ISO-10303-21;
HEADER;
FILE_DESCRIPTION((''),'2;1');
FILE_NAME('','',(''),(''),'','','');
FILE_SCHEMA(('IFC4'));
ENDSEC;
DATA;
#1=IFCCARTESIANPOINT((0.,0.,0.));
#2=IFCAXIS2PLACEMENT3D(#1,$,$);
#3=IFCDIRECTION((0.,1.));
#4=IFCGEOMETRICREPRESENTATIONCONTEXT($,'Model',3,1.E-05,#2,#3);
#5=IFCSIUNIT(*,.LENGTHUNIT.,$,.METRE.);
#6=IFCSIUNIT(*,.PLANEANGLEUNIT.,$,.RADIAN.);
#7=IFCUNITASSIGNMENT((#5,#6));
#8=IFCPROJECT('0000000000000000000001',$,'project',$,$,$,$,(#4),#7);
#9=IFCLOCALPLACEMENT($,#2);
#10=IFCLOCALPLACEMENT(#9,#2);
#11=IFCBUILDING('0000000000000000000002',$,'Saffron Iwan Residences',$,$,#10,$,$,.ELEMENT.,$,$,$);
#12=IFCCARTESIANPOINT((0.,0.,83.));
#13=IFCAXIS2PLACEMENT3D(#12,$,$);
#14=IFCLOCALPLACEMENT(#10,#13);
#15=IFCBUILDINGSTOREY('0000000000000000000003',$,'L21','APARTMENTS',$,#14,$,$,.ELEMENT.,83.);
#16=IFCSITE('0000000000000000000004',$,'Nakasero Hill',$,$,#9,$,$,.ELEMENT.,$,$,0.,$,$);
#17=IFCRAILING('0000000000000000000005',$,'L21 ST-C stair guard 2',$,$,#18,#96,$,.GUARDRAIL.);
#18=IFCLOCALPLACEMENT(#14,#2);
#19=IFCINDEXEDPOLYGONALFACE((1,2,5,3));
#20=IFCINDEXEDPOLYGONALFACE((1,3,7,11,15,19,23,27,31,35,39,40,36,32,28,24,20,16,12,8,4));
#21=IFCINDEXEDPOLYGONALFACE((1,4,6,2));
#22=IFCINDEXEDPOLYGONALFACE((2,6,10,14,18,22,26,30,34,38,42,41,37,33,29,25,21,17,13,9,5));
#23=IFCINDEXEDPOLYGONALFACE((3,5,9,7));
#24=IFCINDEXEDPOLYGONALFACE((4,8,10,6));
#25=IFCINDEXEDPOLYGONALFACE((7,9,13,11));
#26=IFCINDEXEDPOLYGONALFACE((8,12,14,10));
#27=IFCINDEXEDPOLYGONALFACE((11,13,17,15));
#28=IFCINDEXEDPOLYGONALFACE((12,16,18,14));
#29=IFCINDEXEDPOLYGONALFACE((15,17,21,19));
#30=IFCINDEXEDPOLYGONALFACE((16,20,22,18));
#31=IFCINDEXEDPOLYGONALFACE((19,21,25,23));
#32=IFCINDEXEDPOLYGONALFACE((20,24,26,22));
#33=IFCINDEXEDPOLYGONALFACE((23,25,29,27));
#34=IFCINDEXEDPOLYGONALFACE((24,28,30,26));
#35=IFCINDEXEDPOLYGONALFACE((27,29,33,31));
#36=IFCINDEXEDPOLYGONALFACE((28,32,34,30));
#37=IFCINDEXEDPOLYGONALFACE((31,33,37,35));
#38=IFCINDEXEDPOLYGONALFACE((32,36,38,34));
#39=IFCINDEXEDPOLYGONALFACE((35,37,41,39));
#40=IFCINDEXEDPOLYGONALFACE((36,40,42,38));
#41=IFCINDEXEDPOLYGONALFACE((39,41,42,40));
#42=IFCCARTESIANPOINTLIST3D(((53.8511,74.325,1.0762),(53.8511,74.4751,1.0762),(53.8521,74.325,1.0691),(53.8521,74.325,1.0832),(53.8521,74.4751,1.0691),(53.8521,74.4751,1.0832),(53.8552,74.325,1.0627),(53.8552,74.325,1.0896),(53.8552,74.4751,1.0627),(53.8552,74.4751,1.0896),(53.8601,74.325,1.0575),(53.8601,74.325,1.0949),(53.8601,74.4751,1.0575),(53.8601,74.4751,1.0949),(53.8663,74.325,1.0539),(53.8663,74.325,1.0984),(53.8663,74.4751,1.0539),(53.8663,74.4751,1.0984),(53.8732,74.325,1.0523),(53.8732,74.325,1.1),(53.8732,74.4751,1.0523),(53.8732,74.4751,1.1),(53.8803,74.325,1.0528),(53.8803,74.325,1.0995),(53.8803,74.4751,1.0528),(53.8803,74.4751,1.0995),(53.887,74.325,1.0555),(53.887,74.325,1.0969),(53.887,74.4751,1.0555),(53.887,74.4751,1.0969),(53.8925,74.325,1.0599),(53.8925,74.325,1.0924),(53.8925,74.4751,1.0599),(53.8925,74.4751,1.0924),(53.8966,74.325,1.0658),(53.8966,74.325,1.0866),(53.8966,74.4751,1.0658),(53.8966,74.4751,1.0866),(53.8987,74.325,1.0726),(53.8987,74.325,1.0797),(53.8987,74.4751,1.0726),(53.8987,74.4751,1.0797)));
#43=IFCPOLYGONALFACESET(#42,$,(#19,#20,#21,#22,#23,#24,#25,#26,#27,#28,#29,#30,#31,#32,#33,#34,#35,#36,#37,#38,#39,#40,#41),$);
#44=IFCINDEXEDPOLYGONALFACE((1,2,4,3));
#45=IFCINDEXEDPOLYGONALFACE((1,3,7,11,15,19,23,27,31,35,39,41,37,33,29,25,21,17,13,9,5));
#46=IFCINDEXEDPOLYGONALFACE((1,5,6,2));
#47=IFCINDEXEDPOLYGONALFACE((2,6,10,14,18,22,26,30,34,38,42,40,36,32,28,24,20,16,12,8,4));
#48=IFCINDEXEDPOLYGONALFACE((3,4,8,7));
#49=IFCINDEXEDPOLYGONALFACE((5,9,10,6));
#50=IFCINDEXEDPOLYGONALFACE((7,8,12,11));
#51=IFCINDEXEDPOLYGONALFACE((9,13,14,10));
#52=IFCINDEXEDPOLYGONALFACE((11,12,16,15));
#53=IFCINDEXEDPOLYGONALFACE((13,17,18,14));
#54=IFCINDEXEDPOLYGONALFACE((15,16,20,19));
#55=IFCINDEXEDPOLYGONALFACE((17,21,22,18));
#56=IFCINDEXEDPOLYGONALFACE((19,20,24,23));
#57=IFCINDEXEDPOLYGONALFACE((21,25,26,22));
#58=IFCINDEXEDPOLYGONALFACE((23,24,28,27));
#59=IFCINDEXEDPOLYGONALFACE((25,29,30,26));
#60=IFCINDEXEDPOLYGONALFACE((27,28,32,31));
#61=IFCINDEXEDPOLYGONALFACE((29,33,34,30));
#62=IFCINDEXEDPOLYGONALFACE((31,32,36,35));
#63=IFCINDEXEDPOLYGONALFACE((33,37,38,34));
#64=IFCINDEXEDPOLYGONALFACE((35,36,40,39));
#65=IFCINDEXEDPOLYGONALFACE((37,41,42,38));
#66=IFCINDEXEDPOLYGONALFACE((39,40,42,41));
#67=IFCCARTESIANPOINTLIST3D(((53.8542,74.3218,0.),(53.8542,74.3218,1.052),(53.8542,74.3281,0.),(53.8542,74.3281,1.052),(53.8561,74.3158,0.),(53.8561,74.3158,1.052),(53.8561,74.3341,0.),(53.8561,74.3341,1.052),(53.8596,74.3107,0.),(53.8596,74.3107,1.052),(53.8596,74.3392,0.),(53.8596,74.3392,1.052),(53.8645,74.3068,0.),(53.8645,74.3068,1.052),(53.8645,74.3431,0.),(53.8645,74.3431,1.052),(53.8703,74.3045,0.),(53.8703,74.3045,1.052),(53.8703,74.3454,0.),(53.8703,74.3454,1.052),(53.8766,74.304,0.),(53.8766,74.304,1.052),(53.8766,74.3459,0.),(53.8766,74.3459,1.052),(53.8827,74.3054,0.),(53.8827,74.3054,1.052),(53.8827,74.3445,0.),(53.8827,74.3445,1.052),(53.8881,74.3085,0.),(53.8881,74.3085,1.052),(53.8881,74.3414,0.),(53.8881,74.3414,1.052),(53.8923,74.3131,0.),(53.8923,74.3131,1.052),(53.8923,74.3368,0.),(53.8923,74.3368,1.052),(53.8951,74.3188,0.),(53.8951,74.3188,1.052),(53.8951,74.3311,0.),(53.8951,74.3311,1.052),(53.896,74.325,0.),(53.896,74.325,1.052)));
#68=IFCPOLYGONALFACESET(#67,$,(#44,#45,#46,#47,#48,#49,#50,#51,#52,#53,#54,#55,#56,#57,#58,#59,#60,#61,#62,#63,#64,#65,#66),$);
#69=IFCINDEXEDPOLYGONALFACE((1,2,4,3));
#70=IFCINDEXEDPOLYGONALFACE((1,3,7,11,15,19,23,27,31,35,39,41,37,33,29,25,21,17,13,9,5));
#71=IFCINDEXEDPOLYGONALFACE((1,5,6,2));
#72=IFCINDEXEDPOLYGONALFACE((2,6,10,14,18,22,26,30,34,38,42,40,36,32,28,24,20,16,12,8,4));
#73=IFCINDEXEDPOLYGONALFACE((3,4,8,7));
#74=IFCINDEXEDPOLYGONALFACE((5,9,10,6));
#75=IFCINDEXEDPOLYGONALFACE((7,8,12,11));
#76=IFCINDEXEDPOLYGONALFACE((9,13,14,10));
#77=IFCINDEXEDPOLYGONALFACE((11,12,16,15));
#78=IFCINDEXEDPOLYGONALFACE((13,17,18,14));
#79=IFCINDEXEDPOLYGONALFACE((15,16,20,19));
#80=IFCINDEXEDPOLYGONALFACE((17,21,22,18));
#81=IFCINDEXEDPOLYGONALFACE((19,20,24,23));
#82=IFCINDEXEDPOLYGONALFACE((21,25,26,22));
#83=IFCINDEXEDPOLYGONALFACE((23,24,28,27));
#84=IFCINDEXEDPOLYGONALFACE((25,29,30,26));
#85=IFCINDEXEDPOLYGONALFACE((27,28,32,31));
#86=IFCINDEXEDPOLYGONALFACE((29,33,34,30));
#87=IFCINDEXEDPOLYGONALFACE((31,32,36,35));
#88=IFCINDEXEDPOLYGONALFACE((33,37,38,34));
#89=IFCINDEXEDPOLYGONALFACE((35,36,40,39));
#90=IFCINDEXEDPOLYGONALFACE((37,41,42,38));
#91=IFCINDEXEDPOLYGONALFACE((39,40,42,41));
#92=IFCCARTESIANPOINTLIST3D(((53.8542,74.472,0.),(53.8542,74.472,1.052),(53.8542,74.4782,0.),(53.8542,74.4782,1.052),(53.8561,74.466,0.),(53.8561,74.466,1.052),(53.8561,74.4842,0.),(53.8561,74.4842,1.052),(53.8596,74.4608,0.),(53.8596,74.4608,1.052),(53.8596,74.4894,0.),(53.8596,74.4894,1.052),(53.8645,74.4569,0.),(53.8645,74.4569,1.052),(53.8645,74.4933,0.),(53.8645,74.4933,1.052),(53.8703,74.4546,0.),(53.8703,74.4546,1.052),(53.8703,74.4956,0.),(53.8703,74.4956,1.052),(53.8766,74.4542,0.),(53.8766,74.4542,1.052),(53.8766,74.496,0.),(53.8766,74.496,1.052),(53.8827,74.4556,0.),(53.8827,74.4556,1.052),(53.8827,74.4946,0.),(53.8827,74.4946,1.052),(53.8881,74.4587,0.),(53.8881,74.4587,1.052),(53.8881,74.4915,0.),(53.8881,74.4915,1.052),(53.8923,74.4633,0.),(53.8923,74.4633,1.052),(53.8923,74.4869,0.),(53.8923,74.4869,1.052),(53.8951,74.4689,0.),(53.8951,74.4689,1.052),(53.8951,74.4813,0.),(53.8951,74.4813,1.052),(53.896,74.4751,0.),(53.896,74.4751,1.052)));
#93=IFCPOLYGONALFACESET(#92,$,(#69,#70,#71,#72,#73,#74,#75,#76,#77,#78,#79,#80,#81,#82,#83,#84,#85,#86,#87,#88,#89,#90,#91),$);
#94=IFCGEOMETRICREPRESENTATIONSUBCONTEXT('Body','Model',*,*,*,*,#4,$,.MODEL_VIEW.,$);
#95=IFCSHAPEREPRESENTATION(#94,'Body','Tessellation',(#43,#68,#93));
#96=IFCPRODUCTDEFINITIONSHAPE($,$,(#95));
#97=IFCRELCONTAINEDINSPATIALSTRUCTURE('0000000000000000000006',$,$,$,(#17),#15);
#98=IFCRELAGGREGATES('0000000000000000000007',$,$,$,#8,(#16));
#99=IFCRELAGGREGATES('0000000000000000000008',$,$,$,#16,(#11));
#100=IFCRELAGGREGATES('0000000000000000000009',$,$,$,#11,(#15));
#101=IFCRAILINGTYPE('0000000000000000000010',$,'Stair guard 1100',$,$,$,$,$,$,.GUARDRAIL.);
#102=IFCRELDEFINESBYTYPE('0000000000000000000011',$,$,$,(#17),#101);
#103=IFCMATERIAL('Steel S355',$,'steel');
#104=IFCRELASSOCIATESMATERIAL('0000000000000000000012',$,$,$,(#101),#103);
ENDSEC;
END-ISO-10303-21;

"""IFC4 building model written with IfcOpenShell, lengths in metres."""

from ifc_helpers import new_model, si_unit, direction, frame, origin, origin_2d, place, context, subcontext, project, spatial, circle, extrude, material, type_object, element, save


model = new_model("IFC4")

# Units and contexts
model_context = context("Model", 3, precision=1e-05, world=origin(), true_north=direction((0.0, 1.0)))
body_context = subcontext(model_context, "Body", "Model", "MODEL_VIEW")
ifc_project = project(units=[si_unit("LENGTHUNIT", "METRE"), si_unit("PLANEANGLEUNIT", "RADIAN")], contexts=[model_context])

# Site, building, storey
site_placement = place(None, origin())
site = spatial("IfcSite", under=ifc_project, at=site_placement, Name="Nakasero Hill", CompositionType="ELEMENT", RefElevation=0.0)
building_placement = place(site_placement, origin())
building = spatial("IfcBuilding", under=site, at=building_placement, Name="Saffron Iwan Residences", CompositionType="ELEMENT")
storey_placement = place(building_placement, frame((0.0, 0.0, 83.0)))
storey = spatial("IfcBuildingStorey", under=building, at=storey_placement, Name="L21", Description="APARTMENTS", CompositionType="ELEMENT", Elevation=83.0)

# Railing
ifc_material_1 = material(Name="Steel S355", Category="steel")
railing_type_1 = type_object("IfcRailingType", Name="Stair guard 1100", PredefinedType="GUARDRAIL", material=ifc_material_1)
railing_1_placement = place(storey_placement, frame((53.875, 74.325, 0.0)))
element("IfcRailing", 1, at=railing_1_placement, inside=storey, type_object=railing_type_1, Name="L21 ST-C stair guard 2", PredefinedType="GUARDRAIL", context=body_context, shape_type="SweptSolid", body=[
    extrude(circle(Radius=0.0239, at=origin_2d()), frame((0.0, 0.0, 1.0762), z_axis=(0.0, 1.0, 0.0), x_axis=(-1.0, 0.0, 0.0)), (0.0, 0.0, 1.0), 0.1501),
    extrude(circle(Radius=0.021, at=origin_2d()), origin(), (0.0, 0.0, 1.0), 1.052),
    extrude(circle(Radius=0.021, at=origin_2d()), frame((0.0, 0.1501, 0.0)), (0.0, 0.0, 1.0), 1.052),
])

save(model, "model.ifc")
